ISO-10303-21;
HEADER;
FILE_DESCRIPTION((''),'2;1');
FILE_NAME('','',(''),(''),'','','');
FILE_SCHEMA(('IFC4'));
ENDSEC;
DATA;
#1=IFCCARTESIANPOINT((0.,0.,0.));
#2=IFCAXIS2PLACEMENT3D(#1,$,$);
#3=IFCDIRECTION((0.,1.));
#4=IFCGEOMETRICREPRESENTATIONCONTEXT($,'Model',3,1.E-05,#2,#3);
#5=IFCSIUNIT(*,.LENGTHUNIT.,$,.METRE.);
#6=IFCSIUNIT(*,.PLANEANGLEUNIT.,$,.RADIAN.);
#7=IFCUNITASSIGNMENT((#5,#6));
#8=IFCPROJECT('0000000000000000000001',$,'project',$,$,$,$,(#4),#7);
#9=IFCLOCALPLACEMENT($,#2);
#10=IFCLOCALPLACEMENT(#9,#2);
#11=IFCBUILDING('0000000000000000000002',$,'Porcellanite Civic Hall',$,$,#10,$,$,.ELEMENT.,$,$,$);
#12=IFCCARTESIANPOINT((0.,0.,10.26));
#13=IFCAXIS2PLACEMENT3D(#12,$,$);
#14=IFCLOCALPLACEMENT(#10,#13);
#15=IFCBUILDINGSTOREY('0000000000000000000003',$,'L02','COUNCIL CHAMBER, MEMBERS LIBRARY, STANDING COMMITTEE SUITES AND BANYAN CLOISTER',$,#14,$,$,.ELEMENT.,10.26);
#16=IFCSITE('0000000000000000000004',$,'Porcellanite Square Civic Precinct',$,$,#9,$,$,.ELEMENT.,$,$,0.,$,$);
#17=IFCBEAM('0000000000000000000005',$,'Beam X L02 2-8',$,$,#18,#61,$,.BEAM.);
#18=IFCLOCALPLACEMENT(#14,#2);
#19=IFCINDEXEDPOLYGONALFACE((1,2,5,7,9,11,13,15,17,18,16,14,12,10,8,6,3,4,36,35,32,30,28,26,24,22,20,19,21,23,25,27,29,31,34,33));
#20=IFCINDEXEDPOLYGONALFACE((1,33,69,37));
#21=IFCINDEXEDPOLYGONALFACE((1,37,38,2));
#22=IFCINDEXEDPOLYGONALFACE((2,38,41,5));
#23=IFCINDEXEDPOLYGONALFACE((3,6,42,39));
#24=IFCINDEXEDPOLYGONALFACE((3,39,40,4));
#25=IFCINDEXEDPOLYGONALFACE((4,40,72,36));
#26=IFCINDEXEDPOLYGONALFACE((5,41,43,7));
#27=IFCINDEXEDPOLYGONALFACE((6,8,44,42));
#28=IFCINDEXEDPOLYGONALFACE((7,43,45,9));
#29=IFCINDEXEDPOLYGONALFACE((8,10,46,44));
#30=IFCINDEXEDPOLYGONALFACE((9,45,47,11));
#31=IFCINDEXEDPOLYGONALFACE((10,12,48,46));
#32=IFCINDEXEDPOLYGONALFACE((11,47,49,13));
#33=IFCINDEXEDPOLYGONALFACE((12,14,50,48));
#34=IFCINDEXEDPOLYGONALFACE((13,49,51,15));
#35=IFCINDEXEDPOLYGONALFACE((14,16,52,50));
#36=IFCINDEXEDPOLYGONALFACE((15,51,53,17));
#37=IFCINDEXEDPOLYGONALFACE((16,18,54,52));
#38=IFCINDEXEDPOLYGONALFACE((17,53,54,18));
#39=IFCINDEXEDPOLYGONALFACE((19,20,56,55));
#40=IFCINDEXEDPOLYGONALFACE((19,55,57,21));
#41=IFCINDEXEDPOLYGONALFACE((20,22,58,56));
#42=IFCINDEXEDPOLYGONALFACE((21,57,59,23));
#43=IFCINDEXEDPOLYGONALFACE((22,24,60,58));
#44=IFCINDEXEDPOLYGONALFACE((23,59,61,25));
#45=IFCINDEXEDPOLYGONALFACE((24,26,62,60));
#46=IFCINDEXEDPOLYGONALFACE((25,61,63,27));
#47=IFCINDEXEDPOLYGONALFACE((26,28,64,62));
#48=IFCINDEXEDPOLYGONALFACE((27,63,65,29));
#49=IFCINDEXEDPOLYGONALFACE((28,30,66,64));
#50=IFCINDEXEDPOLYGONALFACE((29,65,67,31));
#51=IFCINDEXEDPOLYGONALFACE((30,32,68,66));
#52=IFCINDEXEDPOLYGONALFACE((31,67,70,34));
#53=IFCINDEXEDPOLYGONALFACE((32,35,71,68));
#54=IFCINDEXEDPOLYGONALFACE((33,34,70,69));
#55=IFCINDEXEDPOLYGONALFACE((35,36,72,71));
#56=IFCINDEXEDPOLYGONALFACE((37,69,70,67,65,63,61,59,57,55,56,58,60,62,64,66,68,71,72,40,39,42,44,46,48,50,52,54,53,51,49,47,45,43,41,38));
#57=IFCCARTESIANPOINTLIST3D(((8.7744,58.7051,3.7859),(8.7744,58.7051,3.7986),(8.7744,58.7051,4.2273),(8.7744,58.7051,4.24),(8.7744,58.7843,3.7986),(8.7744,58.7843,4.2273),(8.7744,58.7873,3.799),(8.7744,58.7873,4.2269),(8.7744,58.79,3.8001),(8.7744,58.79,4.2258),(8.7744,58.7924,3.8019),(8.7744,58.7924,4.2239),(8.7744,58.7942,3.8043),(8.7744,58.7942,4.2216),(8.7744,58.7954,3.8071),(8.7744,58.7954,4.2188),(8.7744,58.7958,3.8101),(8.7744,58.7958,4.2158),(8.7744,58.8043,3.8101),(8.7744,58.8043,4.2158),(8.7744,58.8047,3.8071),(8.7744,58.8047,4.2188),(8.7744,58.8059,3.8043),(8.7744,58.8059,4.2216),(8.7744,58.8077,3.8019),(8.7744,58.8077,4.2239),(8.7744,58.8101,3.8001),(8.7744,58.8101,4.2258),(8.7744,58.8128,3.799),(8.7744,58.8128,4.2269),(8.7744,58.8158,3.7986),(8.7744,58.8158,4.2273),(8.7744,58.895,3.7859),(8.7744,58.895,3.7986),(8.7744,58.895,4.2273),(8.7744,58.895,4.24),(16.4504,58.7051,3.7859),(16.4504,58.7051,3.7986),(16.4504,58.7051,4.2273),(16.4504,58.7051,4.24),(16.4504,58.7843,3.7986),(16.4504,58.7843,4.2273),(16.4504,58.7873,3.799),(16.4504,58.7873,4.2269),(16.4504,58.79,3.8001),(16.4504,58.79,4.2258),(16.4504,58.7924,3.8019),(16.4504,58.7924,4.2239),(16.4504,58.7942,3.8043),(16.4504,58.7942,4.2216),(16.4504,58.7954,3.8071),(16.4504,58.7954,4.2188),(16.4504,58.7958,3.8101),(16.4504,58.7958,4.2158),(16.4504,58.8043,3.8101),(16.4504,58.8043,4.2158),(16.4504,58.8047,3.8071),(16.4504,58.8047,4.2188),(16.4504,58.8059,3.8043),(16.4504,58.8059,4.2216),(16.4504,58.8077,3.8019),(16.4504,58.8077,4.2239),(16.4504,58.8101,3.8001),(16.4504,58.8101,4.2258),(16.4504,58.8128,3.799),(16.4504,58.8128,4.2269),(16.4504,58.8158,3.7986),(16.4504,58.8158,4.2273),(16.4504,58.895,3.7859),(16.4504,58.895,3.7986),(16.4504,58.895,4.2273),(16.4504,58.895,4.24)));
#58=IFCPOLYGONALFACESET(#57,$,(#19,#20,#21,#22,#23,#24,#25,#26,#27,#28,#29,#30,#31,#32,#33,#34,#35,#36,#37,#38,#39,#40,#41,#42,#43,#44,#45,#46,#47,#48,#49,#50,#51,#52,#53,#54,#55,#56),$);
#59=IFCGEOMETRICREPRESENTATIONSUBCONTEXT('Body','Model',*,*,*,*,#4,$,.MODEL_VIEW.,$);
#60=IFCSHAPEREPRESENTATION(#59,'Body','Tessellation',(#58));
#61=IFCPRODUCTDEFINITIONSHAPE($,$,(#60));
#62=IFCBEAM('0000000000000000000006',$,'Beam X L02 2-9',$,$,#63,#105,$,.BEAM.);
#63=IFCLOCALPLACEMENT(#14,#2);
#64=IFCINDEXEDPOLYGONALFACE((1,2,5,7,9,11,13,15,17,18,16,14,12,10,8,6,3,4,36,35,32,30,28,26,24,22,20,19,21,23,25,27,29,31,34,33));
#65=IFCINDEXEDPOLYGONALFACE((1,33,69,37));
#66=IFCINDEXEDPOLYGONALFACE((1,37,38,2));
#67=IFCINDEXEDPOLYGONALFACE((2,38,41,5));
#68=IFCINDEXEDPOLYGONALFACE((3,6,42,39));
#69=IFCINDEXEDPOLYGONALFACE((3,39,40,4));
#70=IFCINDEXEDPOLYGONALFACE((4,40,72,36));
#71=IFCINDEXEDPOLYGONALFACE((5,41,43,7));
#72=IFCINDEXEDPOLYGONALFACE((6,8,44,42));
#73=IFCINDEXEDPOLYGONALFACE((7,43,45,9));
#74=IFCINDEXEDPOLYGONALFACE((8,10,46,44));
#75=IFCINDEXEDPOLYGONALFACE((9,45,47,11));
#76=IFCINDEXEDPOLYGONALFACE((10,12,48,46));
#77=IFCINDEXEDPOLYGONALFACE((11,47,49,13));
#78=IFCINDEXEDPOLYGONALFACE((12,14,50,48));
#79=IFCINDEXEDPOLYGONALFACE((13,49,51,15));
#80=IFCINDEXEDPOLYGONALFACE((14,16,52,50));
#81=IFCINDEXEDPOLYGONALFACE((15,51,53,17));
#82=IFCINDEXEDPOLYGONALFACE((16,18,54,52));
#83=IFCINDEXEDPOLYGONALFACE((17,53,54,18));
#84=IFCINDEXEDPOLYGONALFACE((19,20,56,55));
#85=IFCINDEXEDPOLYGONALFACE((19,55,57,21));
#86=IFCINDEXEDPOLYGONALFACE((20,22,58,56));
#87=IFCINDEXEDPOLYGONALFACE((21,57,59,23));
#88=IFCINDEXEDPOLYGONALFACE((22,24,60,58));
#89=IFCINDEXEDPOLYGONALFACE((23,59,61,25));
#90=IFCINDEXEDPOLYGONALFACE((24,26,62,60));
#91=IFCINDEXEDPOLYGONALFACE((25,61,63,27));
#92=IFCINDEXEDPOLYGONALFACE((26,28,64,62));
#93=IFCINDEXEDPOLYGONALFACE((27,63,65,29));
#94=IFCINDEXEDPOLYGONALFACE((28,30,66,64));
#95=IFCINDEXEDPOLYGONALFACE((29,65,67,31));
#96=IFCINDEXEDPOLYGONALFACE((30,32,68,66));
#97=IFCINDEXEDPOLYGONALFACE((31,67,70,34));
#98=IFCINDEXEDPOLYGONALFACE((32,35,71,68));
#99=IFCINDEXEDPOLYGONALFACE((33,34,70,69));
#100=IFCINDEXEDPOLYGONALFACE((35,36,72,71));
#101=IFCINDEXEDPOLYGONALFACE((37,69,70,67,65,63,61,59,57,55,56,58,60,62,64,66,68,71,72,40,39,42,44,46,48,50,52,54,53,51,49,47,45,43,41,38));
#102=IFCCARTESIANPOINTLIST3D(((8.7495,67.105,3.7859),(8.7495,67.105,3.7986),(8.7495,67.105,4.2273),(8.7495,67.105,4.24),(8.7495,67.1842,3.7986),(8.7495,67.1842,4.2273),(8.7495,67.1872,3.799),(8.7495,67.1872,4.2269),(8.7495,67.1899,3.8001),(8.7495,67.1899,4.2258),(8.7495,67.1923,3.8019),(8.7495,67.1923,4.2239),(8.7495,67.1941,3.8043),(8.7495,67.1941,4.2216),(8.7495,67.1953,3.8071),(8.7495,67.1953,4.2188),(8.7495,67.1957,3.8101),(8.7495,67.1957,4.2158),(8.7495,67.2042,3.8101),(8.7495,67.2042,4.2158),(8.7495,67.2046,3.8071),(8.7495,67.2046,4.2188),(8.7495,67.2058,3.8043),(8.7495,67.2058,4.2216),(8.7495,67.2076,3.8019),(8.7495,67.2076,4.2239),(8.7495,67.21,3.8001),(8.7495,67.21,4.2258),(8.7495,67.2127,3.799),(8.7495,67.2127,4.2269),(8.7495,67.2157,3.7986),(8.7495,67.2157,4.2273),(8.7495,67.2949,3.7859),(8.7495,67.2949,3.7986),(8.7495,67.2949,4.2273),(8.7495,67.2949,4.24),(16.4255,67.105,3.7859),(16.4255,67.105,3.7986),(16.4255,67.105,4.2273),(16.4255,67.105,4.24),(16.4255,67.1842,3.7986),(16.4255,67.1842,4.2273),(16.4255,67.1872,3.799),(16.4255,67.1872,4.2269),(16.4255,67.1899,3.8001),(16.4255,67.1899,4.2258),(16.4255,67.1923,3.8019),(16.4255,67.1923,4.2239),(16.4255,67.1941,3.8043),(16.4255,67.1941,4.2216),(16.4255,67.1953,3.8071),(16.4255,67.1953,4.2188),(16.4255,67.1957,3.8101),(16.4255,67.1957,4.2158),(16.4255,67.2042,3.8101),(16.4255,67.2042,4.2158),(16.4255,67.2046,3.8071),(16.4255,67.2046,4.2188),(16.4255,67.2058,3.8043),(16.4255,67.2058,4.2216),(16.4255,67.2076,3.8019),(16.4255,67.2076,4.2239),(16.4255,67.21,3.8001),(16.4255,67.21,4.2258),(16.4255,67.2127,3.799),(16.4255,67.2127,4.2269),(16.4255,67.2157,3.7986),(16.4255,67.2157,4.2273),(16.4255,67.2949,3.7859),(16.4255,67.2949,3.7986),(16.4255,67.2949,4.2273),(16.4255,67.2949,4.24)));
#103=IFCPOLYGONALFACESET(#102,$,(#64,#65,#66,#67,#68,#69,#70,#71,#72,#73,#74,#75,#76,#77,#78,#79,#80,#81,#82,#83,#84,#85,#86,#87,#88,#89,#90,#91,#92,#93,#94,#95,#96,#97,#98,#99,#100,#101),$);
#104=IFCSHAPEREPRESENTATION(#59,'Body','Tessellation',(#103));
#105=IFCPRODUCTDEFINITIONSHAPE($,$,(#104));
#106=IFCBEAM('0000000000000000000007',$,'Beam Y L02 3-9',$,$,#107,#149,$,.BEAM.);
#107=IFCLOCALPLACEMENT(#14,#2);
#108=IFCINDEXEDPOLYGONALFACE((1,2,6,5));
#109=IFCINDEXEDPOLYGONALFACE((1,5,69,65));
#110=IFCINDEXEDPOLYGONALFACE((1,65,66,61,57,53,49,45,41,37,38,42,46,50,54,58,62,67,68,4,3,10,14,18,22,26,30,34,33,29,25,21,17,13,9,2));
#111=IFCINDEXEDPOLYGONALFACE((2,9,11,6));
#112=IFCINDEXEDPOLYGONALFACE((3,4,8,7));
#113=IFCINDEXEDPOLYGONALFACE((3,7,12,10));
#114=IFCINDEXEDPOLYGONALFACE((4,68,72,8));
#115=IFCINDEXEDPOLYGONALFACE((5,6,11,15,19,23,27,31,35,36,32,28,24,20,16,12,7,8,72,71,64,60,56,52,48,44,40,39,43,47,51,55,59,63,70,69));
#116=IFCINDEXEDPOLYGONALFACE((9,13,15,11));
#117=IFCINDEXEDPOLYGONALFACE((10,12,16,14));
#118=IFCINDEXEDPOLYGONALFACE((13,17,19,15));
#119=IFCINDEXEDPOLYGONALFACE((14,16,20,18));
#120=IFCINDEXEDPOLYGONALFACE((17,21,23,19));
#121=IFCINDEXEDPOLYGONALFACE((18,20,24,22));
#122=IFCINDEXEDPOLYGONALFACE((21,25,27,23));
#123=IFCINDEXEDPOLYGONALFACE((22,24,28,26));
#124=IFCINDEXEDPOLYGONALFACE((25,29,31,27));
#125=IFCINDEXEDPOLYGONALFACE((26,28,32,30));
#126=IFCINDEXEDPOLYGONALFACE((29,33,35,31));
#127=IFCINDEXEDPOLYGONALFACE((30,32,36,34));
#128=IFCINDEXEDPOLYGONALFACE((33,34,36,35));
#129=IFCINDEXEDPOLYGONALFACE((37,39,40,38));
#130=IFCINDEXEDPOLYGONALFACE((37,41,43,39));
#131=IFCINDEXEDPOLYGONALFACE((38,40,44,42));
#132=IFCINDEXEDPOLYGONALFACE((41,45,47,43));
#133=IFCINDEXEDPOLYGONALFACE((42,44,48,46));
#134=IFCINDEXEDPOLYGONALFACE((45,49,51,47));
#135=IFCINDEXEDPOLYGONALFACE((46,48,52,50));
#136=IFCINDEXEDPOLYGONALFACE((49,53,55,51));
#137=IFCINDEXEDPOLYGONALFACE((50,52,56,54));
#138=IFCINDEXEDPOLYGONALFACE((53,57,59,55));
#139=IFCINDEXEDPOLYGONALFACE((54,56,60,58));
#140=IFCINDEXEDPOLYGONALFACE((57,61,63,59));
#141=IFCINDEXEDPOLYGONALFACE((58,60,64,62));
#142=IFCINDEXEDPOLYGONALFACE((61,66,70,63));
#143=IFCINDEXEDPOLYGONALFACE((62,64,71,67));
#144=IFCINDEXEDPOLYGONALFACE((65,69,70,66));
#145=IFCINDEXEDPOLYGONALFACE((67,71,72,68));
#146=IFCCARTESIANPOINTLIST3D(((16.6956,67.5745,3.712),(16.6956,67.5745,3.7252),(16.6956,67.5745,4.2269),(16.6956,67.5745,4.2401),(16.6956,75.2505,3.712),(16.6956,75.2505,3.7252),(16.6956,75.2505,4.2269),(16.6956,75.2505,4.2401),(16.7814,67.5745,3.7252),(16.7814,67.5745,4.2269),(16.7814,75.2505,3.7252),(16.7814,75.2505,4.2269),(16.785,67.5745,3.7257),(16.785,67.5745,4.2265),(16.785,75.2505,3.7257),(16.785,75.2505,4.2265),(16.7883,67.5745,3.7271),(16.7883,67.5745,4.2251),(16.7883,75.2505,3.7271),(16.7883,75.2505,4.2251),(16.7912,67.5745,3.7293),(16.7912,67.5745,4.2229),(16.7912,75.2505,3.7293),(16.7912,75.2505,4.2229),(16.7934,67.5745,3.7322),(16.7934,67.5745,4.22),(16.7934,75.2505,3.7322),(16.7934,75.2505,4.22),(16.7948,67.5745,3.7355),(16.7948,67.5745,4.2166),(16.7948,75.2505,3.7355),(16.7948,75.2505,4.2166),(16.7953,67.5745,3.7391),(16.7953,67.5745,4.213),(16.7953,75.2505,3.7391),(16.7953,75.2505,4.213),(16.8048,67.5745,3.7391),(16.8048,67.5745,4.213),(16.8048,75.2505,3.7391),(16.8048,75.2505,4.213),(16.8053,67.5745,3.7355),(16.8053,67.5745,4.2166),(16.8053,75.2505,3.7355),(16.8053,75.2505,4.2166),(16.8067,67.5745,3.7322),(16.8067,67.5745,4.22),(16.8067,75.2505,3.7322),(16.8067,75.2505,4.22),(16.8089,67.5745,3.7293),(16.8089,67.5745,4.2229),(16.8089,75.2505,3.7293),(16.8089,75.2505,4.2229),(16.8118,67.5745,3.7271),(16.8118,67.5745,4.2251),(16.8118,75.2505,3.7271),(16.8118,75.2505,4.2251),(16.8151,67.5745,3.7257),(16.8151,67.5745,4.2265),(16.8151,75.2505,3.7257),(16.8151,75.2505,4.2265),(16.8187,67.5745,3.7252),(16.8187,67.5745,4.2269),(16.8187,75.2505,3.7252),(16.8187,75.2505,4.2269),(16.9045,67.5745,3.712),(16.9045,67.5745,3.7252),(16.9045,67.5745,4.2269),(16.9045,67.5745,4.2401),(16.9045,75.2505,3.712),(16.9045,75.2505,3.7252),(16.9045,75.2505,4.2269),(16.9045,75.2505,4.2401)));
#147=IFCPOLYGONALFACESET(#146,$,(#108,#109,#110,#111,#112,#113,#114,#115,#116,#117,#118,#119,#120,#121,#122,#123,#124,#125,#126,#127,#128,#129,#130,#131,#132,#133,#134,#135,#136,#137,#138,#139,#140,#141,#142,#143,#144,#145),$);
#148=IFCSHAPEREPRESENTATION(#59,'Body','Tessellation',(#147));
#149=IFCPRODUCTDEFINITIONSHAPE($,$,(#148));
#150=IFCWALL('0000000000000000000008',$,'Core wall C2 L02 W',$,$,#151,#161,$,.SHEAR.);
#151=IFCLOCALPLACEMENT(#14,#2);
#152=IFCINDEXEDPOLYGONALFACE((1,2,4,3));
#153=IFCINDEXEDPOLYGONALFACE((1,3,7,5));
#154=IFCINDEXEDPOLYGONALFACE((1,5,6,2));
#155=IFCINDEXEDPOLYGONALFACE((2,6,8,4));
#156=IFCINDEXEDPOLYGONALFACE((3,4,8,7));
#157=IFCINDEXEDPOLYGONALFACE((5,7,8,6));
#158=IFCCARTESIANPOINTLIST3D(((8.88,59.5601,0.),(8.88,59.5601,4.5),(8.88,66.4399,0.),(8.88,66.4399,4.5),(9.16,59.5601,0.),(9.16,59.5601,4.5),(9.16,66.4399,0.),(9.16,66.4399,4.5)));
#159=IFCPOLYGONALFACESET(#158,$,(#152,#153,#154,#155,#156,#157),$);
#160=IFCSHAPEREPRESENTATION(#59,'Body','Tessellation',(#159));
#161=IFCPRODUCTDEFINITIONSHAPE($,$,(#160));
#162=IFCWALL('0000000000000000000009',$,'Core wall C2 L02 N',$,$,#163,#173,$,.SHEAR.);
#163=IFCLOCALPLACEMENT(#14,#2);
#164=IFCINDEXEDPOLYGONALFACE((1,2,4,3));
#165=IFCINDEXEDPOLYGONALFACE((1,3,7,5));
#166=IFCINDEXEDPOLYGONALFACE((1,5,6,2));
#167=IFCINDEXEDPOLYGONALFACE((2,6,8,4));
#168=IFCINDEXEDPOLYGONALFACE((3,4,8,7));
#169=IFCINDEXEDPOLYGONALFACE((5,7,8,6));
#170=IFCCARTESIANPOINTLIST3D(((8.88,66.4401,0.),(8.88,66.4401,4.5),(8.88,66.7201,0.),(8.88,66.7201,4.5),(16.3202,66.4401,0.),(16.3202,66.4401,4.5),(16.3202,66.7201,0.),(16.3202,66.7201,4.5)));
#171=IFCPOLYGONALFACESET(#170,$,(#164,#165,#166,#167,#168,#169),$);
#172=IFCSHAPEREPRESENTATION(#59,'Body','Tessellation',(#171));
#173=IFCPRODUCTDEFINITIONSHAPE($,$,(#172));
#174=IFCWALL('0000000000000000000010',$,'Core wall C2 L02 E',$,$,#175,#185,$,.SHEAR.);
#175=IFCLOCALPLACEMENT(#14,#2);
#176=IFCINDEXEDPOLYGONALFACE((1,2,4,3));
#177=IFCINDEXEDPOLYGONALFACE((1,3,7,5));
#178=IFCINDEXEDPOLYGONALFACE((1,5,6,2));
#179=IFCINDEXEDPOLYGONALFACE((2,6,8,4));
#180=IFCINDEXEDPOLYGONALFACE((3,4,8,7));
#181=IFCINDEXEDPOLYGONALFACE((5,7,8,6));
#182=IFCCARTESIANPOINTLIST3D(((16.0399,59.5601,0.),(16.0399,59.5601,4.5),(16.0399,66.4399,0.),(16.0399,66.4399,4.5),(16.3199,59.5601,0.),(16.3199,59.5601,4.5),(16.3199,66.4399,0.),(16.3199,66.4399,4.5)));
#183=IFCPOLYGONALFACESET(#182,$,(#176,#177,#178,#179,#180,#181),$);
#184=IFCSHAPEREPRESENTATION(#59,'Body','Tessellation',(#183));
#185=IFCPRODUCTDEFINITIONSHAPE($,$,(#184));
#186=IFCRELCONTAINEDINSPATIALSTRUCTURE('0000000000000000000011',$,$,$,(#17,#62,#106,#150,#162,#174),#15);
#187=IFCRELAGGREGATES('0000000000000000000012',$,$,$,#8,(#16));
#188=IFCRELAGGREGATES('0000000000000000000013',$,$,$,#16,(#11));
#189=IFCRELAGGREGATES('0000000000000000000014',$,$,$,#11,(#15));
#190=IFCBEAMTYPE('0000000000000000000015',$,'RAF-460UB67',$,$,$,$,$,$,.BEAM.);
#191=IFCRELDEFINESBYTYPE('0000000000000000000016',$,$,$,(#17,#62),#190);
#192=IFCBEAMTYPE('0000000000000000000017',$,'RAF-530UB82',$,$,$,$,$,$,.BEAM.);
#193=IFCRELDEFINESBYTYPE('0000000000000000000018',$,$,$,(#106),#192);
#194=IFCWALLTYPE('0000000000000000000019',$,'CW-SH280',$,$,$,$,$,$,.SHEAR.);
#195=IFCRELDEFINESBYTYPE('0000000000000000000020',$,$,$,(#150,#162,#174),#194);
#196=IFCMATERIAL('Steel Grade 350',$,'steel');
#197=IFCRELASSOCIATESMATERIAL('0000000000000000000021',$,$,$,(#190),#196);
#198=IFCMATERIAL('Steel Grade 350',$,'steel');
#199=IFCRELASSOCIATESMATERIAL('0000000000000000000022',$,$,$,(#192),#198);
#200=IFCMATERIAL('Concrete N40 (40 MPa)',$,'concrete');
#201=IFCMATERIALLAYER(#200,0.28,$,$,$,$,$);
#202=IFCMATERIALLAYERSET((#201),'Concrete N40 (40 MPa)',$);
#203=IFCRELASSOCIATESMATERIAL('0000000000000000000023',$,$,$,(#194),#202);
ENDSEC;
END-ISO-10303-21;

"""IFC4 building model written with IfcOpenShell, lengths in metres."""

from ifc_helpers import new_model, si_unit, direction, frame, frame_2d, origin, origin_2d, place, context, subcontext, project, spatial, rectangle, i_section, extrude, material, layer, layer_set, material_profile, profile_set, type_object, element, save


model = new_model("IFC4")

# Units and contexts
model_context = context("Model", 3, precision=1e-05, world=origin(), true_north=direction((0.0, 1.0)))
body_context = subcontext(model_context, "Body", "Model", "MODEL_VIEW")
ifc_project = project(units=[si_unit("LENGTHUNIT", "METRE"), si_unit("PLANEANGLEUNIT", "RADIAN")], contexts=[model_context])

# Site, building, storey
site_placement = place(None, origin())
site = spatial("IfcSite", under=ifc_project, at=site_placement, Name="Porcellanite Square Civic Precinct", CompositionType="ELEMENT", RefElevation=0.0)
building_placement = place(site_placement, origin())
building = spatial("IfcBuilding", under=site, at=building_placement, Name="Porcellanite Civic Hall", CompositionType="ELEMENT")
storey_placement = place(building_placement, frame((0.0, 0.0, 10.26)))
storey = spatial("IfcBuildingStorey", under=building, at=storey_placement, Name="L02", Description="COUNCIL CHAMBER, MEMBERS LIBRARY, STANDING COMMITTEE SUITES AND BANYAN CLOISTER", CompositionType="ELEMENT", Elevation=10.26)

# Beams
ifc_material_1 = material(Name="Steel Grade 350", Category="steel")
ifc_material_profile_1 = material_profile(ifc_material_1, i_section(OverallWidth=0.1899, OverallDepth=0.4541, WebThickness=0.0085, FlangeThickness=0.0127, FilletRadius=0.0115, at=origin_2d()), Name="460UB67.1")
ifc_profile_set_1 = profile_set([ifc_material_profile_1], Name="Steel Grade 350")
beam_type_1 = type_object("IfcBeamType", Name="RAF-460UB67", PredefinedType="BEAM", material=ifc_profile_set_1)
for number, where, z_axis, x_axis, name in (
    (1, (8.7744, 58.8, 4.0129), (1.0, 0.0, 0.0), (0.0, 1.0, 0.0), "Beam X L02 2-8"),
    (2, (8.7495, 67.2, 4.0129), (1.0, 0.0, 0.0), (0.0, 1.0, 0.0), "Beam X L02 2-9"),
):
    element("IfcBeam", number, at=place(storey_placement, frame(where, z_axis=z_axis, x_axis=x_axis)), inside=storey, type_object=beam_type_1, Name=name, PredefinedType="BEAM", context=body_context, shape_type="SweptSolid", body=[
        extrude(i_section(OverallWidth=0.1899, OverallDepth=0.4541, WebThickness=0.0085, FlangeThickness=0.0127, FilletRadius=0.0115, at=origin_2d()), origin(), (0.0, 0.0, 1.0), 7.676),
    ])
ifc_material_2 = material(Name="Steel Grade 350", Category="steel")
ifc_material_profile_2 = material_profile(ifc_material_2, i_section(OverallWidth=0.209, OverallDepth=0.5281, WebThickness=0.0095, FlangeThickness=0.0132, FilletRadius=0.0139, at=origin_2d()), Name="530UB82.0")
ifc_profile_set_2 = profile_set([ifc_material_profile_2], Name="Steel Grade 350")
beam_type_2 = type_object("IfcBeamType", Name="RAF-530UB82", PredefinedType="BEAM", material=ifc_profile_set_2)
beam_1_placement = place(storey_placement, frame((16.8, 67.5745, 3.9761), z_axis=(0.0, 1.0, 0.0), x_axis=(-1.0, 0.0, 0.0)))
element("IfcBeam", 3, at=beam_1_placement, inside=storey, type_object=beam_type_2, Name="Beam Y L02 3-9", PredefinedType="BEAM", context=body_context, shape_type="SweptSolid", body=[
    extrude(i_section(OverallWidth=0.209, OverallDepth=0.5281, WebThickness=0.0095, FlangeThickness=0.0132, FilletRadius=0.0139, at=origin_2d()), origin(), (0.0, 0.0, 1.0), 7.676),
])

# Shared definitions
ifc_material_3 = material(Name="Concrete N40 (40 MPa)", Category="concrete")
ifc_layer_1 = layer(ifc_material_3, 0.28)
ifc_layer_set_1 = layer_set([ifc_layer_1], Name="Concrete N40 (40 MPa)")
wall_type_1 = type_object("IfcWallType", Name="CW-SH280", PredefinedType="SHEAR", material=ifc_layer_set_1)

# Walls
wall_1_placement = place(storey_placement, frame((9.02, 59.5601, 0.0), z_axis=(0.0, 0.0, 1.0), x_axis=(0.0, 1.0, 0.0)))
element("IfcWall", 4, at=wall_1_placement, inside=storey, type_object=wall_type_1, Name="Core wall C2 L02 W", PredefinedType="SHEAR", context=body_context, shape_type="SweptSolid", body=[
    extrude(rectangle(XDim=6.8799, YDim=0.28, at=frame_2d((3.4399, 0.0))), origin(), (0.0, 0.0, 1.0), 4.5),
])
wall_2_placement = place(storey_placement, frame((8.8799, 66.5801, 0.0), z_axis=(0.0, 0.0, 1.0), x_axis=(1.0, 0.0, 0.0)))
element("IfcWall", 5, at=wall_2_placement, inside=storey, type_object=wall_type_1, Name="Core wall C2 L02 N", PredefinedType="SHEAR", context=body_context, shape_type="SweptSolid", body=[
    extrude(rectangle(XDim=7.4402, YDim=0.28, at=frame_2d((3.7202, 0.0))), origin(), (0.0, 0.0, 1.0), 4.5),
])
wall_3_placement = place(storey_placement, frame((16.1799, 66.4399, 0.0), z_axis=(0.0, 0.0, 1.0), x_axis=(0.0, -1.0, 0.0)))
element("IfcWall", 6, at=wall_3_placement, inside=storey, type_object=wall_type_1, Name="Core wall C2 L02 E", PredefinedType="SHEAR", context=body_context, shape_type="SweptSolid", body=[
    extrude(rectangle(XDim=6.8799, YDim=0.28, at=frame_2d((3.4399, 0.0))), origin(), (0.0, 0.0, 1.0), 4.5),
])

save(model, "model.ifc")
